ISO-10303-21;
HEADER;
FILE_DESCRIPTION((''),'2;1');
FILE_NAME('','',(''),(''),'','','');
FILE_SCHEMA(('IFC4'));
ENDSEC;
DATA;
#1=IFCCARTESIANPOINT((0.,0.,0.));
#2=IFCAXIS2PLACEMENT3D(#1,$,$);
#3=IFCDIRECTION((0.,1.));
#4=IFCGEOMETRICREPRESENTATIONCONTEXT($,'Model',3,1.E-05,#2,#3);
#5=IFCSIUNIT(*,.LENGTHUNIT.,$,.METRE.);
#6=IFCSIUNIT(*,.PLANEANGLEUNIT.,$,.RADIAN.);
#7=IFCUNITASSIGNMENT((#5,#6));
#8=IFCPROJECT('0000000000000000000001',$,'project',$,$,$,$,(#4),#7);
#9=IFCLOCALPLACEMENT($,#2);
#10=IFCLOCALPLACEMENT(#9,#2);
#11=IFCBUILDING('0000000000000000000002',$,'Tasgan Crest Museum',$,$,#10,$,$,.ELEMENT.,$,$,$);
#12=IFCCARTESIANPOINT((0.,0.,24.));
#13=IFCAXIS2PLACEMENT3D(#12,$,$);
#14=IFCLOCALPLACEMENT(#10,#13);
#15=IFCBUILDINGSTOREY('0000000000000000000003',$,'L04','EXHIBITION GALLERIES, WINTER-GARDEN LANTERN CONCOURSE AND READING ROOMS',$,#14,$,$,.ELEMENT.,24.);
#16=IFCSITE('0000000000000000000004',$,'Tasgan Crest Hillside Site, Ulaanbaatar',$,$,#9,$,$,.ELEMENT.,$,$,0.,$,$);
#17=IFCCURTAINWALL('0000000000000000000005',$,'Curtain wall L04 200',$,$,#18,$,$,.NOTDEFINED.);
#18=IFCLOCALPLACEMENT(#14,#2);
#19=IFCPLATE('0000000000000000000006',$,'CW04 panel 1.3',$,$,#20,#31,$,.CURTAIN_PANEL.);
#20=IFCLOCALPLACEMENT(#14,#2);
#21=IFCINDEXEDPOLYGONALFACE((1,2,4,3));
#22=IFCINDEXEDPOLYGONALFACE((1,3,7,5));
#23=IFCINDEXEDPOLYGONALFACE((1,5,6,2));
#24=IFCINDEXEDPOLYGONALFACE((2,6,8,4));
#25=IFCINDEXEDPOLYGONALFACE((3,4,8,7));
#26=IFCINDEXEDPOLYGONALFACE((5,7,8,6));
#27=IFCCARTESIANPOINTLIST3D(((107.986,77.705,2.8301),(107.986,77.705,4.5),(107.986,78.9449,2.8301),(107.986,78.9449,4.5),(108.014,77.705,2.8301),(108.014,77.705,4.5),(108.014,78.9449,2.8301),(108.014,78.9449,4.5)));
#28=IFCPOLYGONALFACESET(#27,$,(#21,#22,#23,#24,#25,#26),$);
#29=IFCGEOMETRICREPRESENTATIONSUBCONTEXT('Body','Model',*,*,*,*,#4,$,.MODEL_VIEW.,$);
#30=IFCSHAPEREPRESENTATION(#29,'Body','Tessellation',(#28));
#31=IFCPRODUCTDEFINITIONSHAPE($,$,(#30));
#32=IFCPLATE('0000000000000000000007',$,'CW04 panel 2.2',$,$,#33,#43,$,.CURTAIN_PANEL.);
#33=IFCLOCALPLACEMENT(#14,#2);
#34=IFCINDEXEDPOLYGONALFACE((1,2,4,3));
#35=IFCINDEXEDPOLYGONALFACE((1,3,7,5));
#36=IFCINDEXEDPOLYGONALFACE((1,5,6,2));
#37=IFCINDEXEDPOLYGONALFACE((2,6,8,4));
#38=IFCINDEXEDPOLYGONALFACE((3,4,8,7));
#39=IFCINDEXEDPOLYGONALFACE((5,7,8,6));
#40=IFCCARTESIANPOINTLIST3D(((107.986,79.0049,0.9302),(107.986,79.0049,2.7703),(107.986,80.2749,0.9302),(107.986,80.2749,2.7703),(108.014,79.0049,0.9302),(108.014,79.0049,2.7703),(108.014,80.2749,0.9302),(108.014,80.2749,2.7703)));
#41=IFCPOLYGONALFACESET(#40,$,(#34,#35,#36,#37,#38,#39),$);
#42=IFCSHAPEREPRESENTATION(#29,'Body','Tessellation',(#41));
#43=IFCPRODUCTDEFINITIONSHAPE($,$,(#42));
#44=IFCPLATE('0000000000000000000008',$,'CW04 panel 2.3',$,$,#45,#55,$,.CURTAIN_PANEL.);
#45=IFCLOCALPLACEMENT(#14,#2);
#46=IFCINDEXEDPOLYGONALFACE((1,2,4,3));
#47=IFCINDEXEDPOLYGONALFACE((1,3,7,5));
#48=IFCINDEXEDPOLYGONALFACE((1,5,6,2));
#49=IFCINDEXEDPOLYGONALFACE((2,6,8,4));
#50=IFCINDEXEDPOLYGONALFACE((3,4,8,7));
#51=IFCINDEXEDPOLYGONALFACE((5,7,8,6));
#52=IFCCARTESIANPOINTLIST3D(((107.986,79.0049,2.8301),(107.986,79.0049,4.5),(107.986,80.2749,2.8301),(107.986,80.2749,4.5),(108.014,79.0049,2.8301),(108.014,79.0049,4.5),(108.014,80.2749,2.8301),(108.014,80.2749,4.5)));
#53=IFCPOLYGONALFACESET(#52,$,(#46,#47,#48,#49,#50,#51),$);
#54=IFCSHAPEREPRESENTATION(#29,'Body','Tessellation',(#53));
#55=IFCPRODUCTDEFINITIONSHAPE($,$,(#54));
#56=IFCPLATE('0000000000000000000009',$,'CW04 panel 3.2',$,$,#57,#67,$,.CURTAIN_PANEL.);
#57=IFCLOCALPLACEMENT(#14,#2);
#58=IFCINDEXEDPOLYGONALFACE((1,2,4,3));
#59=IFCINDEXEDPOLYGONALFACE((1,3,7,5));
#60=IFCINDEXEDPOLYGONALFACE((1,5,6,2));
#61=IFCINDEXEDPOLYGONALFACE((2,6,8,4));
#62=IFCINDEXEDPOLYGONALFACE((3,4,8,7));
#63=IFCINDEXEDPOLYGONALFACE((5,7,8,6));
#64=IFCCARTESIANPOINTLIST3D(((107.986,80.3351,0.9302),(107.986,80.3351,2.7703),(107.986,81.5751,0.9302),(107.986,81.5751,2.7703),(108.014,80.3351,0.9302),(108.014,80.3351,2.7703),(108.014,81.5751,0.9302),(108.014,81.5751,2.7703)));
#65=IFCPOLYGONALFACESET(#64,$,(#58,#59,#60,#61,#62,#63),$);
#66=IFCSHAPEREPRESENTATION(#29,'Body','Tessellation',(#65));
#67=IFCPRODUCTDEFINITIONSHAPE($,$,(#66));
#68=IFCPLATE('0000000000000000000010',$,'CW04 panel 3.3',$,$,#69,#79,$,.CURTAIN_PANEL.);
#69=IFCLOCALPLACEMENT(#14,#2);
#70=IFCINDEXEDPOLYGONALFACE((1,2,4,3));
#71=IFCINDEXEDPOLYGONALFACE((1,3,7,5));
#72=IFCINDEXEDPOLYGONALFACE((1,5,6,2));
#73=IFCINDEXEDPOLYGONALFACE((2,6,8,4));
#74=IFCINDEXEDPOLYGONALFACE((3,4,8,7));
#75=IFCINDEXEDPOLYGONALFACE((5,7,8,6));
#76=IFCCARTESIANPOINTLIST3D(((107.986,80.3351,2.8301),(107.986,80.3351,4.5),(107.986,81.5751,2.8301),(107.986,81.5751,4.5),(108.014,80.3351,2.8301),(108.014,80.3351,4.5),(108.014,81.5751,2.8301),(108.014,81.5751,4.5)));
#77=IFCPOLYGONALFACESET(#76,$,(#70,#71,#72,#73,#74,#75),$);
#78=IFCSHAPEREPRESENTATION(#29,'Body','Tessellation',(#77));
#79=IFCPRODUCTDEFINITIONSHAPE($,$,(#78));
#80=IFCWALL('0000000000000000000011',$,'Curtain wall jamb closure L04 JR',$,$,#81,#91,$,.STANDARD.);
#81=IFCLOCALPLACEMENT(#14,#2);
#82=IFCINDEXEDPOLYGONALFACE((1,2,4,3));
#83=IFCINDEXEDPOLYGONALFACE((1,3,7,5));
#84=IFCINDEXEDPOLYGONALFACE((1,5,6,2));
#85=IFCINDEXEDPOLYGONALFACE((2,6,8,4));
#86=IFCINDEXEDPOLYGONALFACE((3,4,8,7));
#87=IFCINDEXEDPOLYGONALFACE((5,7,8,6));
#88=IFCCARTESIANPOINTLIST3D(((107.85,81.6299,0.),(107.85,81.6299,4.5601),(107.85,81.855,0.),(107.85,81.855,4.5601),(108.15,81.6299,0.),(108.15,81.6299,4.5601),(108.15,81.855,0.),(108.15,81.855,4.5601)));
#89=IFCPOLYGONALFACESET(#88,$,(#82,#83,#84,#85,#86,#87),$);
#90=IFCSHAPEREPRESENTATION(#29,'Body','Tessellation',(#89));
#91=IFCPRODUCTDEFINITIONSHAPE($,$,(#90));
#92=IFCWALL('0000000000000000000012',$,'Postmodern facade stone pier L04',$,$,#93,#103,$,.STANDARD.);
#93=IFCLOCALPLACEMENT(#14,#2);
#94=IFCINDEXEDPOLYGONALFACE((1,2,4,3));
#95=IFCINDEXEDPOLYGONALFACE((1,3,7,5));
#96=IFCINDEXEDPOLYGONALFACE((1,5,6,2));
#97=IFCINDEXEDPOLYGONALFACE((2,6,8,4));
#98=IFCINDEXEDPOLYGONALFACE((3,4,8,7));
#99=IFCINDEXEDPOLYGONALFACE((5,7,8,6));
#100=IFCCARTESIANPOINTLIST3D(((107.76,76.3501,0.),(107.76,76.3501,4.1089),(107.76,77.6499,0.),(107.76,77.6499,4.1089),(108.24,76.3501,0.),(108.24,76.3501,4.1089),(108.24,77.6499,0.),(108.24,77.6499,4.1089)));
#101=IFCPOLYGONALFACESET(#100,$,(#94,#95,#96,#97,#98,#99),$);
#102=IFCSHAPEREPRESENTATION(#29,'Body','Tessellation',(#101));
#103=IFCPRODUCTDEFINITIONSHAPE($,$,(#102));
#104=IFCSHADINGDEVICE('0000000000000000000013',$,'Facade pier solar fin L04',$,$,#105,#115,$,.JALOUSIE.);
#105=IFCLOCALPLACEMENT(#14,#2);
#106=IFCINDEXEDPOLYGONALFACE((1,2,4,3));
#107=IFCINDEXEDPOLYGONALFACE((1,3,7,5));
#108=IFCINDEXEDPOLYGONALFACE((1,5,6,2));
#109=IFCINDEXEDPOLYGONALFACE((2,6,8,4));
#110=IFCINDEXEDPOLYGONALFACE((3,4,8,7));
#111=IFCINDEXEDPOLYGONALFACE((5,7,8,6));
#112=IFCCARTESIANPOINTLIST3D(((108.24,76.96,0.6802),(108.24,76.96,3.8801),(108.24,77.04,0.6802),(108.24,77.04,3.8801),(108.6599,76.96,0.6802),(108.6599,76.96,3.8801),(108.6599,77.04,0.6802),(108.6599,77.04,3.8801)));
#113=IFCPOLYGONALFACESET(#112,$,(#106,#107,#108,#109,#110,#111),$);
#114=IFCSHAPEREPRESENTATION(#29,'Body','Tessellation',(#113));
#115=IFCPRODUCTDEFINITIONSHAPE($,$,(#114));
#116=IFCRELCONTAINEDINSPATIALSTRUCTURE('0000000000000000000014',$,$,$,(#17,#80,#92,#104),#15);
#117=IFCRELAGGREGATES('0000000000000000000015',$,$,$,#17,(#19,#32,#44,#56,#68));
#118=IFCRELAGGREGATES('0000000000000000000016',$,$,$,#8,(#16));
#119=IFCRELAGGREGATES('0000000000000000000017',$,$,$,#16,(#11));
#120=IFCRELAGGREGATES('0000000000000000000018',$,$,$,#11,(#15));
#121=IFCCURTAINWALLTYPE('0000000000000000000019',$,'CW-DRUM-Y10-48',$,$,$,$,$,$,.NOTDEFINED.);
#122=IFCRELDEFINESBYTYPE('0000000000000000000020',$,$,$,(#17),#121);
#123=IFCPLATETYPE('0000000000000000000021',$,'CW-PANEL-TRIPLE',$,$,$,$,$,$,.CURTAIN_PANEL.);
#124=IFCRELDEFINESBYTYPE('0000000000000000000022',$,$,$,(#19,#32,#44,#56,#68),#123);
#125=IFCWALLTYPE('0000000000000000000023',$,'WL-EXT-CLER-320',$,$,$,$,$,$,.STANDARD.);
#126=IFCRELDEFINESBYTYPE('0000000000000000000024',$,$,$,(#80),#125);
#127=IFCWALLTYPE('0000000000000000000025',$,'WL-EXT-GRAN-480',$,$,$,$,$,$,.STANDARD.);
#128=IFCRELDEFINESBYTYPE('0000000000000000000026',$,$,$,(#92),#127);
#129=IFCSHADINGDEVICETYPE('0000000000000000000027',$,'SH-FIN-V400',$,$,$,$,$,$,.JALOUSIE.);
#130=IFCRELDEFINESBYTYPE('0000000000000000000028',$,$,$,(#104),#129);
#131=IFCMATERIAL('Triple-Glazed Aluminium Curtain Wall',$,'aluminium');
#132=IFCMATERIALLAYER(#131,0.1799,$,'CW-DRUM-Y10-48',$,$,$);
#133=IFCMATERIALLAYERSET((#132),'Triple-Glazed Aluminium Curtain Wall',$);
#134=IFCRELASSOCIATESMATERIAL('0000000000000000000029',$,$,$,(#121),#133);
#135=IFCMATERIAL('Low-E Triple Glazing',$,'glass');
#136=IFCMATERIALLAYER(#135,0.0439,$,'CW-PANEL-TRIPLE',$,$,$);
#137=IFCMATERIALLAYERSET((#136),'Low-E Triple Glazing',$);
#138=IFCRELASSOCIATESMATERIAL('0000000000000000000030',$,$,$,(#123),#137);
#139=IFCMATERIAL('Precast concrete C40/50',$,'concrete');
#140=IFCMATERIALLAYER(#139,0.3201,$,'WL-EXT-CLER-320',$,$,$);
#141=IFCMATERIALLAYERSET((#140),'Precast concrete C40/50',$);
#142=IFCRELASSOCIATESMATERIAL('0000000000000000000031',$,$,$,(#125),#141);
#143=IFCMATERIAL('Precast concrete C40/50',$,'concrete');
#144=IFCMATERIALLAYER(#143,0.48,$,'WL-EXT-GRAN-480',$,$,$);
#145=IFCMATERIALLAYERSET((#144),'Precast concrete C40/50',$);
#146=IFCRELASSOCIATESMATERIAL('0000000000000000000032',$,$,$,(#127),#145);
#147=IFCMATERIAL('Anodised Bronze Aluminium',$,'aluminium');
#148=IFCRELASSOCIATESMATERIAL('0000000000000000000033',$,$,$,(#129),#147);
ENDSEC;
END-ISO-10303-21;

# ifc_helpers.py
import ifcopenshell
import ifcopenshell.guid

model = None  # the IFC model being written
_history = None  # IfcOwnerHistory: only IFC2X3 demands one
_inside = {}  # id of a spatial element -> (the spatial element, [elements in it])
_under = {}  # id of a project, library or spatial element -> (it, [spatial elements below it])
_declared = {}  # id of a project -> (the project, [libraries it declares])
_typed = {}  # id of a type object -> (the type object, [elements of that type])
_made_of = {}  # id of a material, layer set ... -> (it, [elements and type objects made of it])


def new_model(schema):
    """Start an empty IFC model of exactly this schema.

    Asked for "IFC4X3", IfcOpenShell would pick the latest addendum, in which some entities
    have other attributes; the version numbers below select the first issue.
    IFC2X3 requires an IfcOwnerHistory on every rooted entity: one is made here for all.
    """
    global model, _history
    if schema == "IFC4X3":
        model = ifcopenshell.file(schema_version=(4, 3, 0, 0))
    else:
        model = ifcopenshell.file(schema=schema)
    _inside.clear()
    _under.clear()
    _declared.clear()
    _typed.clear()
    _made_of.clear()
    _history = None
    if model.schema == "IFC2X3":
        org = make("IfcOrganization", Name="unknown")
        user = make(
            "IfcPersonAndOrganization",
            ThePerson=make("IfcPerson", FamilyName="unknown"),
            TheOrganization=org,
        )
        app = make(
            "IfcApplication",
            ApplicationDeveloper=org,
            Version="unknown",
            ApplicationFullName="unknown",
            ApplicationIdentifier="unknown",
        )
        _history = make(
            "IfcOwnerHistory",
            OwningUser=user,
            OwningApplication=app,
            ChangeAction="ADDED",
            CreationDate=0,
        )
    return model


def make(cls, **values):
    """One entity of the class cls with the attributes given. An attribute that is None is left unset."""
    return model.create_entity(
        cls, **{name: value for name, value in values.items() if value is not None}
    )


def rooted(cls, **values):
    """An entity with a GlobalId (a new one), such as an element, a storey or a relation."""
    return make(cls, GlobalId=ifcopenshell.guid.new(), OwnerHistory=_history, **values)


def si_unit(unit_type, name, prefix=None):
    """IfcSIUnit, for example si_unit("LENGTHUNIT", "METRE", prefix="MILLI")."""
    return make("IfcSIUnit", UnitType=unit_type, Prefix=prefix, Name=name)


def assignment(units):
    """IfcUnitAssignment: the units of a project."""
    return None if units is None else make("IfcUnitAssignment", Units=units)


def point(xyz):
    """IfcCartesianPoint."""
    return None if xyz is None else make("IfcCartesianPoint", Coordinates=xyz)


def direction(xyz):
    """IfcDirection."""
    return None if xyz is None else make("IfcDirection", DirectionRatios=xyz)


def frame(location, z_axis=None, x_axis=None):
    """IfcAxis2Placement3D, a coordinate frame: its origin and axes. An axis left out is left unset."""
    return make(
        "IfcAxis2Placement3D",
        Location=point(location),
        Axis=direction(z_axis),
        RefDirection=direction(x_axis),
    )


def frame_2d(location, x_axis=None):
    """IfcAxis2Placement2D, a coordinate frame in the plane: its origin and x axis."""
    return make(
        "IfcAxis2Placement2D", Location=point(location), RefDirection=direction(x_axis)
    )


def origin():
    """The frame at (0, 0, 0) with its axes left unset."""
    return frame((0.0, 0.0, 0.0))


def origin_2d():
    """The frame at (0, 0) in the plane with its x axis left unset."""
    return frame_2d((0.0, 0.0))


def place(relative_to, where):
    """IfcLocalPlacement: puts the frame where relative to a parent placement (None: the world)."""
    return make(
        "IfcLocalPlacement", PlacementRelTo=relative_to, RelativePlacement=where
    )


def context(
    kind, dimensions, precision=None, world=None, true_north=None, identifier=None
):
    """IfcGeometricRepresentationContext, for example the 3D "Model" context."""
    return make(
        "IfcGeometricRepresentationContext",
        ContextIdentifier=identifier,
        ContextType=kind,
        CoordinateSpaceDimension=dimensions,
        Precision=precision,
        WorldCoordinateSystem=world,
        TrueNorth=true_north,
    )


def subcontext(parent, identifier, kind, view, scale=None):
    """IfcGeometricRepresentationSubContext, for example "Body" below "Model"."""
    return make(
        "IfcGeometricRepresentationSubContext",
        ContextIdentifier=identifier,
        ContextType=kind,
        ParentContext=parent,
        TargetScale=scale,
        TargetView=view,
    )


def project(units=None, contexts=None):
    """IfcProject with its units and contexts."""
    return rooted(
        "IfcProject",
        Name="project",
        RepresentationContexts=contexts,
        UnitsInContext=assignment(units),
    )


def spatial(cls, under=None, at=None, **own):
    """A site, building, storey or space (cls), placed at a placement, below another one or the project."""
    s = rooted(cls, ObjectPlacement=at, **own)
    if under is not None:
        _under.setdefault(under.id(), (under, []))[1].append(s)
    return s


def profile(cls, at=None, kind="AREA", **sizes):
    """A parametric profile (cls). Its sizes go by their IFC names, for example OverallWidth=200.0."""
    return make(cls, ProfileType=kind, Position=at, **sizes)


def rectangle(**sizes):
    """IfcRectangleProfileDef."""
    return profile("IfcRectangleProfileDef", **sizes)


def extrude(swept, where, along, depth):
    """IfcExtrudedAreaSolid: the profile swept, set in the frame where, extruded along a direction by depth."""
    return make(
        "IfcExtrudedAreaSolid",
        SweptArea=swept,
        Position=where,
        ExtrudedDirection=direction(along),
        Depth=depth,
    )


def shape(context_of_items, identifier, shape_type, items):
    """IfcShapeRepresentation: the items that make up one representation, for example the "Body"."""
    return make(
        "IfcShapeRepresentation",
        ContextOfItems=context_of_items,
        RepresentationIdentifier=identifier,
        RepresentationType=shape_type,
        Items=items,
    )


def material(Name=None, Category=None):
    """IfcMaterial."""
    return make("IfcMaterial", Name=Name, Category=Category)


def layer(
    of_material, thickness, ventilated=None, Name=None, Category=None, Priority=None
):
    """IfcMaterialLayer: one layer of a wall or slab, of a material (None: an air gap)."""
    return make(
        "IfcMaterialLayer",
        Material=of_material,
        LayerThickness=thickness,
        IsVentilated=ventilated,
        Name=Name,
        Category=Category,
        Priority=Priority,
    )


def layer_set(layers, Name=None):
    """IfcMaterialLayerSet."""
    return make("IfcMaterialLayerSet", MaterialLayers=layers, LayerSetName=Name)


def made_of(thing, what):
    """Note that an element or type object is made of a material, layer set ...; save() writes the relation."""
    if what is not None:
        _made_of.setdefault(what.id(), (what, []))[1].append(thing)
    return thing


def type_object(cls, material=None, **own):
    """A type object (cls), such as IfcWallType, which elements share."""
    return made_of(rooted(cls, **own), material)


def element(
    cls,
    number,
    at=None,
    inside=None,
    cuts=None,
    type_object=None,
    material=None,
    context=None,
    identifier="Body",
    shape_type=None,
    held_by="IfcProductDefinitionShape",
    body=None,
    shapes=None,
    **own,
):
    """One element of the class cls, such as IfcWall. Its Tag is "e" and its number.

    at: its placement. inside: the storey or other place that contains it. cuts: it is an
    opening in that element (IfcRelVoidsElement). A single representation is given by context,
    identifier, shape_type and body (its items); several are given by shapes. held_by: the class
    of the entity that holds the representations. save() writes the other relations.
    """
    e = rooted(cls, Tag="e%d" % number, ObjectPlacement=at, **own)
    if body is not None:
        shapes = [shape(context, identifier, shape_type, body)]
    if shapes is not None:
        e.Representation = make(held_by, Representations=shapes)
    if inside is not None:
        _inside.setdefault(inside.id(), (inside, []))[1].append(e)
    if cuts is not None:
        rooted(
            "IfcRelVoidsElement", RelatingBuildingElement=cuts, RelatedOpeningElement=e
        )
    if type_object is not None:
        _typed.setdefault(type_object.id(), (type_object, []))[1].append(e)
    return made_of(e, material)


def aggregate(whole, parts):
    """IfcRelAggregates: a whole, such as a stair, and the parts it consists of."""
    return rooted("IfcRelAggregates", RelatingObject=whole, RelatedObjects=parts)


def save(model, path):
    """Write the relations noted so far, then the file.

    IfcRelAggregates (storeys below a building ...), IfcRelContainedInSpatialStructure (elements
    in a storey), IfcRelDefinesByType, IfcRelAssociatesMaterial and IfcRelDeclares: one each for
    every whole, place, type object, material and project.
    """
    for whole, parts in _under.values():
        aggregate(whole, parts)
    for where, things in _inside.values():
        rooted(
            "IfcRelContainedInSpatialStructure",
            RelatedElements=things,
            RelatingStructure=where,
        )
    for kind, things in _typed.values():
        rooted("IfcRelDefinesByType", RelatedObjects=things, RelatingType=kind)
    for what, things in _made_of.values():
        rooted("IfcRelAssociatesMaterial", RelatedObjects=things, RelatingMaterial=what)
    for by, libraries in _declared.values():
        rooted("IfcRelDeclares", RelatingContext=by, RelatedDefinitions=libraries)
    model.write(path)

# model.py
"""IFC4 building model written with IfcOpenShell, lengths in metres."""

from ifc_helpers import new_model, si_unit, direction, frame, frame_2d, origin, origin_2d, place, context, subcontext, project, spatial, rectangle, extrude, material, layer, layer_set, type_object, element, aggregate, save


model = new_model("IFC4")

# Units and contexts
model_context = context("Model", 3, precision=1e-05, world=origin(), true_north=direction((0.0, 1.0)))
body_context = subcontext(model_context, "Body", "Model", "MODEL_VIEW")
ifc_project = project(units=[si_unit("LENGTHUNIT", "METRE"), si_unit("PLANEANGLEUNIT", "RADIAN")], contexts=[model_context])

# Site, building, storey
site_placement = place(None, origin())
site = spatial("IfcSite", under=ifc_project, at=site_placement, Name="Tasgan Crest Hillside Site, Ulaanbaatar", CompositionType="ELEMENT", RefElevation=0.0)
building_placement = place(site_placement, origin())
building = spatial("IfcBuilding", under=site, at=building_placement, Name="Tasgan Crest Museum", CompositionType="ELEMENT")
storey_placement = place(building_placement, frame((0.0, 0.0, 24.0)))
storey = spatial("IfcBuildingStorey", under=building, at=storey_placement, Name="L04", Description="EXHIBITION GALLERIES, WINTER-GARDEN LANTERN CONCOURSE AND READING ROOMS", CompositionType="ELEMENT", Elevation=24.0)

# Shared definitions
ifc_material_1 = material(Name="Triple-Glazed Aluminium Curtain Wall", Category="aluminium")
ifc_layer_1 = layer(ifc_material_1, 0.1799, Name="CW-DRUM-Y10-48")
ifc_layer_set_1 = layer_set([ifc_layer_1], Name="Triple-Glazed Aluminium Curtain Wall")
curtain_wall_type = type_object("IfcCurtainWallType", Name="CW-DRUM-Y10-48", PredefinedType="NOTDEFINED", material=ifc_layer_set_1)

# Curtain wall
curtain_wall_1_placement = place(storey_placement, origin())
curtain_wall_1 = element("IfcCurtainWall", 1, at=curtain_wall_1_placement, inside=storey, type_object=curtain_wall_type, Name="Curtain wall L04 200", PredefinedType="NOTDEFINED")

# Plates
ifc_material_2 = material(Name="Low-E Triple Glazing", Category="glass")
ifc_layer_2 = layer(ifc_material_2, 0.0439, Name="CW-PANEL-TRIPLE")
ifc_layer_set_2 = layer_set([ifc_layer_2], Name="Low-E Triple Glazing")
plate_type_1 = type_object("IfcPlateType", Name="CW-PANEL-TRIPLE", PredefinedType="CURTAIN_PANEL", material=ifc_layer_set_2)
plate_1_placement = place(storey_placement, frame((108.0, 78.325, 2.8301), z_axis=(0.0, 0.0, 1.0), x_axis=(0.0, 1.0, 0.0)))
plate_1 = element("IfcPlate", 2, at=plate_1_placement, type_object=plate_type_1, Name="CW04 panel 1.3", PredefinedType="CURTAIN_PANEL", context=body_context, shape_type="SweptSolid", body=[
    extrude(rectangle(XDim=1.24, YDim=0.0281, at=origin_2d()), origin(), (0.0, 0.0, 1.0), 1.6699),
])
plate_2_placement = place(storey_placement, frame((108.0, 79.6399, 0.9302), z_axis=(0.0, 0.0, 1.0), x_axis=(0.0, 1.0, 0.0)))
plate_2 = element("IfcPlate", 3, at=plate_2_placement, type_object=plate_type_1, Name="CW04 panel 2.2", PredefinedType="CURTAIN_PANEL", context=body_context, shape_type="SweptSolid", body=[
    extrude(rectangle(XDim=1.27, YDim=0.0281, at=origin_2d()), origin(), (0.0, 0.0, 1.0), 1.8401),
])
plate_3_placement = place(storey_placement, frame((108.0, 79.6399, 2.8301), z_axis=(0.0, 0.0, 1.0), x_axis=(0.0, 1.0, 0.0)))
plate_3 = element("IfcPlate", 4, at=plate_3_placement, type_object=plate_type_1, Name="CW04 panel 2.3", PredefinedType="CURTAIN_PANEL", context=body_context, shape_type="SweptSolid", body=[
    extrude(rectangle(XDim=1.27, YDim=0.0281, at=origin_2d()), origin(), (0.0, 0.0, 1.0), 1.6699),
])
plate_4_placement = place(storey_placement, frame((108.0, 80.9551, 0.9302), z_axis=(0.0, 0.0, 1.0), x_axis=(0.0, 1.0, 0.0)))
plate_4 = element("IfcPlate", 5, at=plate_4_placement, type_object=plate_type_1, Name="CW04 panel 3.2", PredefinedType="CURTAIN_PANEL", context=body_context, shape_type="SweptSolid", body=[
    extrude(rectangle(XDim=1.24, YDim=0.0281, at=origin_2d()), origin(), (0.0, 0.0, 1.0), 1.8401),
])
plate_5_placement = place(storey_placement, frame((108.0, 80.9551, 2.8301), z_axis=(0.0, 0.0, 1.0), x_axis=(0.0, 1.0, 0.0)))
plate_5 = element("IfcPlate", 6, at=plate_5_placement, type_object=plate_type_1, Name="CW04 panel 3.3", PredefinedType="CURTAIN_PANEL", context=body_context, shape_type="SweptSolid", body=[
    extrude(rectangle(XDim=1.24, YDim=0.0281, at=origin_2d()), origin(), (0.0, 0.0, 1.0), 1.6699),
])
aggregate(curtain_wall_1, [plate_1, plate_2, plate_3, plate_4, plate_5])

# Walls
ifc_material_3 = material(Name="Precast concrete C40/50", Category="concrete")
ifc_layer_3 = layer(ifc_material_3, 0.3201, Name="WL-EXT-CLER-320")
ifc_layer_set_3 = layer_set([ifc_layer_3], Name="Precast concrete C40/50")
wall_type_1 = type_object("IfcWallType", Name="WL-EXT-CLER-320", PredefinedType="STANDARD", material=ifc_layer_set_3)
wall_1_placement = place(storey_placement, frame((108.0, 81.6299, 0.0), z_axis=(0.0, 0.0, 1.0), x_axis=(0.0, 1.0, 0.0)))
element("IfcWall", 7, at=wall_1_placement, inside=storey, type_object=wall_type_1, Name="Curtain wall jamb closure L04 JR", PredefinedType="STANDARD", context=body_context, shape_type="SweptSolid", body=[
    extrude(rectangle(XDim=0.2251, YDim=0.3, at=frame_2d((0.1125, 0.0))), origin(), (0.0, 0.0, 1.0), 4.5601),
])
ifc_material_4 = material(Name="Precast concrete C40/50", Category="concrete")
ifc_layer_4 = layer(ifc_material_4, 0.48, Name="WL-EXT-GRAN-480")
ifc_layer_set_4 = layer_set([ifc_layer_4], Name="Precast concrete C40/50")
wall_type_2 = type_object("IfcWallType", Name="WL-EXT-GRAN-480", PredefinedType="STANDARD", material=ifc_layer_set_4)
wall_2_placement = place(storey_placement, frame((108.0, 76.3501, 0.0), z_axis=(0.0, 0.0, 1.0), x_axis=(0.0, 1.0, 0.0)))
element("IfcWall", 8, at=wall_2_placement, inside=storey, type_object=wall_type_2, Name="Postmodern facade stone pier L04", PredefinedType="STANDARD", context=body_context, shape_type="SweptSolid", body=[
    extrude(rectangle(XDim=1.2998, YDim=0.48, at=frame_2d((0.6499, 0.0))), origin(), (0.0, 0.0, 1.0), 4.1089),
])

# Shading device
ifc_material_5 = material(Name="Anodised Bronze Aluminium", Category="aluminium")
shading_device_type = type_object("IfcShadingDeviceType", Name="SH-FIN-V400", PredefinedType="JALOUSIE", material=ifc_material_5)
shading_device_placement = place(storey_placement, frame((108.45, 77.0, 0.6802), z_axis=(0.0, 0.0, 1.0), x_axis=(0.0, 1.0, 0.0)))
element("IfcShadingDevice", 9, at=shading_device_placement, inside=storey, type_object=shading_device_type, Name="Facade pier solar fin L04", PredefinedType="JALOUSIE", context=body_context, shape_type="SweptSolid", body=[
    extrude(rectangle(XDim=0.0801, YDim=0.4199, at=origin_2d()), origin(), (0.0, 0.0, 1.0), 3.2),
])

save(model, "model.ifc")
